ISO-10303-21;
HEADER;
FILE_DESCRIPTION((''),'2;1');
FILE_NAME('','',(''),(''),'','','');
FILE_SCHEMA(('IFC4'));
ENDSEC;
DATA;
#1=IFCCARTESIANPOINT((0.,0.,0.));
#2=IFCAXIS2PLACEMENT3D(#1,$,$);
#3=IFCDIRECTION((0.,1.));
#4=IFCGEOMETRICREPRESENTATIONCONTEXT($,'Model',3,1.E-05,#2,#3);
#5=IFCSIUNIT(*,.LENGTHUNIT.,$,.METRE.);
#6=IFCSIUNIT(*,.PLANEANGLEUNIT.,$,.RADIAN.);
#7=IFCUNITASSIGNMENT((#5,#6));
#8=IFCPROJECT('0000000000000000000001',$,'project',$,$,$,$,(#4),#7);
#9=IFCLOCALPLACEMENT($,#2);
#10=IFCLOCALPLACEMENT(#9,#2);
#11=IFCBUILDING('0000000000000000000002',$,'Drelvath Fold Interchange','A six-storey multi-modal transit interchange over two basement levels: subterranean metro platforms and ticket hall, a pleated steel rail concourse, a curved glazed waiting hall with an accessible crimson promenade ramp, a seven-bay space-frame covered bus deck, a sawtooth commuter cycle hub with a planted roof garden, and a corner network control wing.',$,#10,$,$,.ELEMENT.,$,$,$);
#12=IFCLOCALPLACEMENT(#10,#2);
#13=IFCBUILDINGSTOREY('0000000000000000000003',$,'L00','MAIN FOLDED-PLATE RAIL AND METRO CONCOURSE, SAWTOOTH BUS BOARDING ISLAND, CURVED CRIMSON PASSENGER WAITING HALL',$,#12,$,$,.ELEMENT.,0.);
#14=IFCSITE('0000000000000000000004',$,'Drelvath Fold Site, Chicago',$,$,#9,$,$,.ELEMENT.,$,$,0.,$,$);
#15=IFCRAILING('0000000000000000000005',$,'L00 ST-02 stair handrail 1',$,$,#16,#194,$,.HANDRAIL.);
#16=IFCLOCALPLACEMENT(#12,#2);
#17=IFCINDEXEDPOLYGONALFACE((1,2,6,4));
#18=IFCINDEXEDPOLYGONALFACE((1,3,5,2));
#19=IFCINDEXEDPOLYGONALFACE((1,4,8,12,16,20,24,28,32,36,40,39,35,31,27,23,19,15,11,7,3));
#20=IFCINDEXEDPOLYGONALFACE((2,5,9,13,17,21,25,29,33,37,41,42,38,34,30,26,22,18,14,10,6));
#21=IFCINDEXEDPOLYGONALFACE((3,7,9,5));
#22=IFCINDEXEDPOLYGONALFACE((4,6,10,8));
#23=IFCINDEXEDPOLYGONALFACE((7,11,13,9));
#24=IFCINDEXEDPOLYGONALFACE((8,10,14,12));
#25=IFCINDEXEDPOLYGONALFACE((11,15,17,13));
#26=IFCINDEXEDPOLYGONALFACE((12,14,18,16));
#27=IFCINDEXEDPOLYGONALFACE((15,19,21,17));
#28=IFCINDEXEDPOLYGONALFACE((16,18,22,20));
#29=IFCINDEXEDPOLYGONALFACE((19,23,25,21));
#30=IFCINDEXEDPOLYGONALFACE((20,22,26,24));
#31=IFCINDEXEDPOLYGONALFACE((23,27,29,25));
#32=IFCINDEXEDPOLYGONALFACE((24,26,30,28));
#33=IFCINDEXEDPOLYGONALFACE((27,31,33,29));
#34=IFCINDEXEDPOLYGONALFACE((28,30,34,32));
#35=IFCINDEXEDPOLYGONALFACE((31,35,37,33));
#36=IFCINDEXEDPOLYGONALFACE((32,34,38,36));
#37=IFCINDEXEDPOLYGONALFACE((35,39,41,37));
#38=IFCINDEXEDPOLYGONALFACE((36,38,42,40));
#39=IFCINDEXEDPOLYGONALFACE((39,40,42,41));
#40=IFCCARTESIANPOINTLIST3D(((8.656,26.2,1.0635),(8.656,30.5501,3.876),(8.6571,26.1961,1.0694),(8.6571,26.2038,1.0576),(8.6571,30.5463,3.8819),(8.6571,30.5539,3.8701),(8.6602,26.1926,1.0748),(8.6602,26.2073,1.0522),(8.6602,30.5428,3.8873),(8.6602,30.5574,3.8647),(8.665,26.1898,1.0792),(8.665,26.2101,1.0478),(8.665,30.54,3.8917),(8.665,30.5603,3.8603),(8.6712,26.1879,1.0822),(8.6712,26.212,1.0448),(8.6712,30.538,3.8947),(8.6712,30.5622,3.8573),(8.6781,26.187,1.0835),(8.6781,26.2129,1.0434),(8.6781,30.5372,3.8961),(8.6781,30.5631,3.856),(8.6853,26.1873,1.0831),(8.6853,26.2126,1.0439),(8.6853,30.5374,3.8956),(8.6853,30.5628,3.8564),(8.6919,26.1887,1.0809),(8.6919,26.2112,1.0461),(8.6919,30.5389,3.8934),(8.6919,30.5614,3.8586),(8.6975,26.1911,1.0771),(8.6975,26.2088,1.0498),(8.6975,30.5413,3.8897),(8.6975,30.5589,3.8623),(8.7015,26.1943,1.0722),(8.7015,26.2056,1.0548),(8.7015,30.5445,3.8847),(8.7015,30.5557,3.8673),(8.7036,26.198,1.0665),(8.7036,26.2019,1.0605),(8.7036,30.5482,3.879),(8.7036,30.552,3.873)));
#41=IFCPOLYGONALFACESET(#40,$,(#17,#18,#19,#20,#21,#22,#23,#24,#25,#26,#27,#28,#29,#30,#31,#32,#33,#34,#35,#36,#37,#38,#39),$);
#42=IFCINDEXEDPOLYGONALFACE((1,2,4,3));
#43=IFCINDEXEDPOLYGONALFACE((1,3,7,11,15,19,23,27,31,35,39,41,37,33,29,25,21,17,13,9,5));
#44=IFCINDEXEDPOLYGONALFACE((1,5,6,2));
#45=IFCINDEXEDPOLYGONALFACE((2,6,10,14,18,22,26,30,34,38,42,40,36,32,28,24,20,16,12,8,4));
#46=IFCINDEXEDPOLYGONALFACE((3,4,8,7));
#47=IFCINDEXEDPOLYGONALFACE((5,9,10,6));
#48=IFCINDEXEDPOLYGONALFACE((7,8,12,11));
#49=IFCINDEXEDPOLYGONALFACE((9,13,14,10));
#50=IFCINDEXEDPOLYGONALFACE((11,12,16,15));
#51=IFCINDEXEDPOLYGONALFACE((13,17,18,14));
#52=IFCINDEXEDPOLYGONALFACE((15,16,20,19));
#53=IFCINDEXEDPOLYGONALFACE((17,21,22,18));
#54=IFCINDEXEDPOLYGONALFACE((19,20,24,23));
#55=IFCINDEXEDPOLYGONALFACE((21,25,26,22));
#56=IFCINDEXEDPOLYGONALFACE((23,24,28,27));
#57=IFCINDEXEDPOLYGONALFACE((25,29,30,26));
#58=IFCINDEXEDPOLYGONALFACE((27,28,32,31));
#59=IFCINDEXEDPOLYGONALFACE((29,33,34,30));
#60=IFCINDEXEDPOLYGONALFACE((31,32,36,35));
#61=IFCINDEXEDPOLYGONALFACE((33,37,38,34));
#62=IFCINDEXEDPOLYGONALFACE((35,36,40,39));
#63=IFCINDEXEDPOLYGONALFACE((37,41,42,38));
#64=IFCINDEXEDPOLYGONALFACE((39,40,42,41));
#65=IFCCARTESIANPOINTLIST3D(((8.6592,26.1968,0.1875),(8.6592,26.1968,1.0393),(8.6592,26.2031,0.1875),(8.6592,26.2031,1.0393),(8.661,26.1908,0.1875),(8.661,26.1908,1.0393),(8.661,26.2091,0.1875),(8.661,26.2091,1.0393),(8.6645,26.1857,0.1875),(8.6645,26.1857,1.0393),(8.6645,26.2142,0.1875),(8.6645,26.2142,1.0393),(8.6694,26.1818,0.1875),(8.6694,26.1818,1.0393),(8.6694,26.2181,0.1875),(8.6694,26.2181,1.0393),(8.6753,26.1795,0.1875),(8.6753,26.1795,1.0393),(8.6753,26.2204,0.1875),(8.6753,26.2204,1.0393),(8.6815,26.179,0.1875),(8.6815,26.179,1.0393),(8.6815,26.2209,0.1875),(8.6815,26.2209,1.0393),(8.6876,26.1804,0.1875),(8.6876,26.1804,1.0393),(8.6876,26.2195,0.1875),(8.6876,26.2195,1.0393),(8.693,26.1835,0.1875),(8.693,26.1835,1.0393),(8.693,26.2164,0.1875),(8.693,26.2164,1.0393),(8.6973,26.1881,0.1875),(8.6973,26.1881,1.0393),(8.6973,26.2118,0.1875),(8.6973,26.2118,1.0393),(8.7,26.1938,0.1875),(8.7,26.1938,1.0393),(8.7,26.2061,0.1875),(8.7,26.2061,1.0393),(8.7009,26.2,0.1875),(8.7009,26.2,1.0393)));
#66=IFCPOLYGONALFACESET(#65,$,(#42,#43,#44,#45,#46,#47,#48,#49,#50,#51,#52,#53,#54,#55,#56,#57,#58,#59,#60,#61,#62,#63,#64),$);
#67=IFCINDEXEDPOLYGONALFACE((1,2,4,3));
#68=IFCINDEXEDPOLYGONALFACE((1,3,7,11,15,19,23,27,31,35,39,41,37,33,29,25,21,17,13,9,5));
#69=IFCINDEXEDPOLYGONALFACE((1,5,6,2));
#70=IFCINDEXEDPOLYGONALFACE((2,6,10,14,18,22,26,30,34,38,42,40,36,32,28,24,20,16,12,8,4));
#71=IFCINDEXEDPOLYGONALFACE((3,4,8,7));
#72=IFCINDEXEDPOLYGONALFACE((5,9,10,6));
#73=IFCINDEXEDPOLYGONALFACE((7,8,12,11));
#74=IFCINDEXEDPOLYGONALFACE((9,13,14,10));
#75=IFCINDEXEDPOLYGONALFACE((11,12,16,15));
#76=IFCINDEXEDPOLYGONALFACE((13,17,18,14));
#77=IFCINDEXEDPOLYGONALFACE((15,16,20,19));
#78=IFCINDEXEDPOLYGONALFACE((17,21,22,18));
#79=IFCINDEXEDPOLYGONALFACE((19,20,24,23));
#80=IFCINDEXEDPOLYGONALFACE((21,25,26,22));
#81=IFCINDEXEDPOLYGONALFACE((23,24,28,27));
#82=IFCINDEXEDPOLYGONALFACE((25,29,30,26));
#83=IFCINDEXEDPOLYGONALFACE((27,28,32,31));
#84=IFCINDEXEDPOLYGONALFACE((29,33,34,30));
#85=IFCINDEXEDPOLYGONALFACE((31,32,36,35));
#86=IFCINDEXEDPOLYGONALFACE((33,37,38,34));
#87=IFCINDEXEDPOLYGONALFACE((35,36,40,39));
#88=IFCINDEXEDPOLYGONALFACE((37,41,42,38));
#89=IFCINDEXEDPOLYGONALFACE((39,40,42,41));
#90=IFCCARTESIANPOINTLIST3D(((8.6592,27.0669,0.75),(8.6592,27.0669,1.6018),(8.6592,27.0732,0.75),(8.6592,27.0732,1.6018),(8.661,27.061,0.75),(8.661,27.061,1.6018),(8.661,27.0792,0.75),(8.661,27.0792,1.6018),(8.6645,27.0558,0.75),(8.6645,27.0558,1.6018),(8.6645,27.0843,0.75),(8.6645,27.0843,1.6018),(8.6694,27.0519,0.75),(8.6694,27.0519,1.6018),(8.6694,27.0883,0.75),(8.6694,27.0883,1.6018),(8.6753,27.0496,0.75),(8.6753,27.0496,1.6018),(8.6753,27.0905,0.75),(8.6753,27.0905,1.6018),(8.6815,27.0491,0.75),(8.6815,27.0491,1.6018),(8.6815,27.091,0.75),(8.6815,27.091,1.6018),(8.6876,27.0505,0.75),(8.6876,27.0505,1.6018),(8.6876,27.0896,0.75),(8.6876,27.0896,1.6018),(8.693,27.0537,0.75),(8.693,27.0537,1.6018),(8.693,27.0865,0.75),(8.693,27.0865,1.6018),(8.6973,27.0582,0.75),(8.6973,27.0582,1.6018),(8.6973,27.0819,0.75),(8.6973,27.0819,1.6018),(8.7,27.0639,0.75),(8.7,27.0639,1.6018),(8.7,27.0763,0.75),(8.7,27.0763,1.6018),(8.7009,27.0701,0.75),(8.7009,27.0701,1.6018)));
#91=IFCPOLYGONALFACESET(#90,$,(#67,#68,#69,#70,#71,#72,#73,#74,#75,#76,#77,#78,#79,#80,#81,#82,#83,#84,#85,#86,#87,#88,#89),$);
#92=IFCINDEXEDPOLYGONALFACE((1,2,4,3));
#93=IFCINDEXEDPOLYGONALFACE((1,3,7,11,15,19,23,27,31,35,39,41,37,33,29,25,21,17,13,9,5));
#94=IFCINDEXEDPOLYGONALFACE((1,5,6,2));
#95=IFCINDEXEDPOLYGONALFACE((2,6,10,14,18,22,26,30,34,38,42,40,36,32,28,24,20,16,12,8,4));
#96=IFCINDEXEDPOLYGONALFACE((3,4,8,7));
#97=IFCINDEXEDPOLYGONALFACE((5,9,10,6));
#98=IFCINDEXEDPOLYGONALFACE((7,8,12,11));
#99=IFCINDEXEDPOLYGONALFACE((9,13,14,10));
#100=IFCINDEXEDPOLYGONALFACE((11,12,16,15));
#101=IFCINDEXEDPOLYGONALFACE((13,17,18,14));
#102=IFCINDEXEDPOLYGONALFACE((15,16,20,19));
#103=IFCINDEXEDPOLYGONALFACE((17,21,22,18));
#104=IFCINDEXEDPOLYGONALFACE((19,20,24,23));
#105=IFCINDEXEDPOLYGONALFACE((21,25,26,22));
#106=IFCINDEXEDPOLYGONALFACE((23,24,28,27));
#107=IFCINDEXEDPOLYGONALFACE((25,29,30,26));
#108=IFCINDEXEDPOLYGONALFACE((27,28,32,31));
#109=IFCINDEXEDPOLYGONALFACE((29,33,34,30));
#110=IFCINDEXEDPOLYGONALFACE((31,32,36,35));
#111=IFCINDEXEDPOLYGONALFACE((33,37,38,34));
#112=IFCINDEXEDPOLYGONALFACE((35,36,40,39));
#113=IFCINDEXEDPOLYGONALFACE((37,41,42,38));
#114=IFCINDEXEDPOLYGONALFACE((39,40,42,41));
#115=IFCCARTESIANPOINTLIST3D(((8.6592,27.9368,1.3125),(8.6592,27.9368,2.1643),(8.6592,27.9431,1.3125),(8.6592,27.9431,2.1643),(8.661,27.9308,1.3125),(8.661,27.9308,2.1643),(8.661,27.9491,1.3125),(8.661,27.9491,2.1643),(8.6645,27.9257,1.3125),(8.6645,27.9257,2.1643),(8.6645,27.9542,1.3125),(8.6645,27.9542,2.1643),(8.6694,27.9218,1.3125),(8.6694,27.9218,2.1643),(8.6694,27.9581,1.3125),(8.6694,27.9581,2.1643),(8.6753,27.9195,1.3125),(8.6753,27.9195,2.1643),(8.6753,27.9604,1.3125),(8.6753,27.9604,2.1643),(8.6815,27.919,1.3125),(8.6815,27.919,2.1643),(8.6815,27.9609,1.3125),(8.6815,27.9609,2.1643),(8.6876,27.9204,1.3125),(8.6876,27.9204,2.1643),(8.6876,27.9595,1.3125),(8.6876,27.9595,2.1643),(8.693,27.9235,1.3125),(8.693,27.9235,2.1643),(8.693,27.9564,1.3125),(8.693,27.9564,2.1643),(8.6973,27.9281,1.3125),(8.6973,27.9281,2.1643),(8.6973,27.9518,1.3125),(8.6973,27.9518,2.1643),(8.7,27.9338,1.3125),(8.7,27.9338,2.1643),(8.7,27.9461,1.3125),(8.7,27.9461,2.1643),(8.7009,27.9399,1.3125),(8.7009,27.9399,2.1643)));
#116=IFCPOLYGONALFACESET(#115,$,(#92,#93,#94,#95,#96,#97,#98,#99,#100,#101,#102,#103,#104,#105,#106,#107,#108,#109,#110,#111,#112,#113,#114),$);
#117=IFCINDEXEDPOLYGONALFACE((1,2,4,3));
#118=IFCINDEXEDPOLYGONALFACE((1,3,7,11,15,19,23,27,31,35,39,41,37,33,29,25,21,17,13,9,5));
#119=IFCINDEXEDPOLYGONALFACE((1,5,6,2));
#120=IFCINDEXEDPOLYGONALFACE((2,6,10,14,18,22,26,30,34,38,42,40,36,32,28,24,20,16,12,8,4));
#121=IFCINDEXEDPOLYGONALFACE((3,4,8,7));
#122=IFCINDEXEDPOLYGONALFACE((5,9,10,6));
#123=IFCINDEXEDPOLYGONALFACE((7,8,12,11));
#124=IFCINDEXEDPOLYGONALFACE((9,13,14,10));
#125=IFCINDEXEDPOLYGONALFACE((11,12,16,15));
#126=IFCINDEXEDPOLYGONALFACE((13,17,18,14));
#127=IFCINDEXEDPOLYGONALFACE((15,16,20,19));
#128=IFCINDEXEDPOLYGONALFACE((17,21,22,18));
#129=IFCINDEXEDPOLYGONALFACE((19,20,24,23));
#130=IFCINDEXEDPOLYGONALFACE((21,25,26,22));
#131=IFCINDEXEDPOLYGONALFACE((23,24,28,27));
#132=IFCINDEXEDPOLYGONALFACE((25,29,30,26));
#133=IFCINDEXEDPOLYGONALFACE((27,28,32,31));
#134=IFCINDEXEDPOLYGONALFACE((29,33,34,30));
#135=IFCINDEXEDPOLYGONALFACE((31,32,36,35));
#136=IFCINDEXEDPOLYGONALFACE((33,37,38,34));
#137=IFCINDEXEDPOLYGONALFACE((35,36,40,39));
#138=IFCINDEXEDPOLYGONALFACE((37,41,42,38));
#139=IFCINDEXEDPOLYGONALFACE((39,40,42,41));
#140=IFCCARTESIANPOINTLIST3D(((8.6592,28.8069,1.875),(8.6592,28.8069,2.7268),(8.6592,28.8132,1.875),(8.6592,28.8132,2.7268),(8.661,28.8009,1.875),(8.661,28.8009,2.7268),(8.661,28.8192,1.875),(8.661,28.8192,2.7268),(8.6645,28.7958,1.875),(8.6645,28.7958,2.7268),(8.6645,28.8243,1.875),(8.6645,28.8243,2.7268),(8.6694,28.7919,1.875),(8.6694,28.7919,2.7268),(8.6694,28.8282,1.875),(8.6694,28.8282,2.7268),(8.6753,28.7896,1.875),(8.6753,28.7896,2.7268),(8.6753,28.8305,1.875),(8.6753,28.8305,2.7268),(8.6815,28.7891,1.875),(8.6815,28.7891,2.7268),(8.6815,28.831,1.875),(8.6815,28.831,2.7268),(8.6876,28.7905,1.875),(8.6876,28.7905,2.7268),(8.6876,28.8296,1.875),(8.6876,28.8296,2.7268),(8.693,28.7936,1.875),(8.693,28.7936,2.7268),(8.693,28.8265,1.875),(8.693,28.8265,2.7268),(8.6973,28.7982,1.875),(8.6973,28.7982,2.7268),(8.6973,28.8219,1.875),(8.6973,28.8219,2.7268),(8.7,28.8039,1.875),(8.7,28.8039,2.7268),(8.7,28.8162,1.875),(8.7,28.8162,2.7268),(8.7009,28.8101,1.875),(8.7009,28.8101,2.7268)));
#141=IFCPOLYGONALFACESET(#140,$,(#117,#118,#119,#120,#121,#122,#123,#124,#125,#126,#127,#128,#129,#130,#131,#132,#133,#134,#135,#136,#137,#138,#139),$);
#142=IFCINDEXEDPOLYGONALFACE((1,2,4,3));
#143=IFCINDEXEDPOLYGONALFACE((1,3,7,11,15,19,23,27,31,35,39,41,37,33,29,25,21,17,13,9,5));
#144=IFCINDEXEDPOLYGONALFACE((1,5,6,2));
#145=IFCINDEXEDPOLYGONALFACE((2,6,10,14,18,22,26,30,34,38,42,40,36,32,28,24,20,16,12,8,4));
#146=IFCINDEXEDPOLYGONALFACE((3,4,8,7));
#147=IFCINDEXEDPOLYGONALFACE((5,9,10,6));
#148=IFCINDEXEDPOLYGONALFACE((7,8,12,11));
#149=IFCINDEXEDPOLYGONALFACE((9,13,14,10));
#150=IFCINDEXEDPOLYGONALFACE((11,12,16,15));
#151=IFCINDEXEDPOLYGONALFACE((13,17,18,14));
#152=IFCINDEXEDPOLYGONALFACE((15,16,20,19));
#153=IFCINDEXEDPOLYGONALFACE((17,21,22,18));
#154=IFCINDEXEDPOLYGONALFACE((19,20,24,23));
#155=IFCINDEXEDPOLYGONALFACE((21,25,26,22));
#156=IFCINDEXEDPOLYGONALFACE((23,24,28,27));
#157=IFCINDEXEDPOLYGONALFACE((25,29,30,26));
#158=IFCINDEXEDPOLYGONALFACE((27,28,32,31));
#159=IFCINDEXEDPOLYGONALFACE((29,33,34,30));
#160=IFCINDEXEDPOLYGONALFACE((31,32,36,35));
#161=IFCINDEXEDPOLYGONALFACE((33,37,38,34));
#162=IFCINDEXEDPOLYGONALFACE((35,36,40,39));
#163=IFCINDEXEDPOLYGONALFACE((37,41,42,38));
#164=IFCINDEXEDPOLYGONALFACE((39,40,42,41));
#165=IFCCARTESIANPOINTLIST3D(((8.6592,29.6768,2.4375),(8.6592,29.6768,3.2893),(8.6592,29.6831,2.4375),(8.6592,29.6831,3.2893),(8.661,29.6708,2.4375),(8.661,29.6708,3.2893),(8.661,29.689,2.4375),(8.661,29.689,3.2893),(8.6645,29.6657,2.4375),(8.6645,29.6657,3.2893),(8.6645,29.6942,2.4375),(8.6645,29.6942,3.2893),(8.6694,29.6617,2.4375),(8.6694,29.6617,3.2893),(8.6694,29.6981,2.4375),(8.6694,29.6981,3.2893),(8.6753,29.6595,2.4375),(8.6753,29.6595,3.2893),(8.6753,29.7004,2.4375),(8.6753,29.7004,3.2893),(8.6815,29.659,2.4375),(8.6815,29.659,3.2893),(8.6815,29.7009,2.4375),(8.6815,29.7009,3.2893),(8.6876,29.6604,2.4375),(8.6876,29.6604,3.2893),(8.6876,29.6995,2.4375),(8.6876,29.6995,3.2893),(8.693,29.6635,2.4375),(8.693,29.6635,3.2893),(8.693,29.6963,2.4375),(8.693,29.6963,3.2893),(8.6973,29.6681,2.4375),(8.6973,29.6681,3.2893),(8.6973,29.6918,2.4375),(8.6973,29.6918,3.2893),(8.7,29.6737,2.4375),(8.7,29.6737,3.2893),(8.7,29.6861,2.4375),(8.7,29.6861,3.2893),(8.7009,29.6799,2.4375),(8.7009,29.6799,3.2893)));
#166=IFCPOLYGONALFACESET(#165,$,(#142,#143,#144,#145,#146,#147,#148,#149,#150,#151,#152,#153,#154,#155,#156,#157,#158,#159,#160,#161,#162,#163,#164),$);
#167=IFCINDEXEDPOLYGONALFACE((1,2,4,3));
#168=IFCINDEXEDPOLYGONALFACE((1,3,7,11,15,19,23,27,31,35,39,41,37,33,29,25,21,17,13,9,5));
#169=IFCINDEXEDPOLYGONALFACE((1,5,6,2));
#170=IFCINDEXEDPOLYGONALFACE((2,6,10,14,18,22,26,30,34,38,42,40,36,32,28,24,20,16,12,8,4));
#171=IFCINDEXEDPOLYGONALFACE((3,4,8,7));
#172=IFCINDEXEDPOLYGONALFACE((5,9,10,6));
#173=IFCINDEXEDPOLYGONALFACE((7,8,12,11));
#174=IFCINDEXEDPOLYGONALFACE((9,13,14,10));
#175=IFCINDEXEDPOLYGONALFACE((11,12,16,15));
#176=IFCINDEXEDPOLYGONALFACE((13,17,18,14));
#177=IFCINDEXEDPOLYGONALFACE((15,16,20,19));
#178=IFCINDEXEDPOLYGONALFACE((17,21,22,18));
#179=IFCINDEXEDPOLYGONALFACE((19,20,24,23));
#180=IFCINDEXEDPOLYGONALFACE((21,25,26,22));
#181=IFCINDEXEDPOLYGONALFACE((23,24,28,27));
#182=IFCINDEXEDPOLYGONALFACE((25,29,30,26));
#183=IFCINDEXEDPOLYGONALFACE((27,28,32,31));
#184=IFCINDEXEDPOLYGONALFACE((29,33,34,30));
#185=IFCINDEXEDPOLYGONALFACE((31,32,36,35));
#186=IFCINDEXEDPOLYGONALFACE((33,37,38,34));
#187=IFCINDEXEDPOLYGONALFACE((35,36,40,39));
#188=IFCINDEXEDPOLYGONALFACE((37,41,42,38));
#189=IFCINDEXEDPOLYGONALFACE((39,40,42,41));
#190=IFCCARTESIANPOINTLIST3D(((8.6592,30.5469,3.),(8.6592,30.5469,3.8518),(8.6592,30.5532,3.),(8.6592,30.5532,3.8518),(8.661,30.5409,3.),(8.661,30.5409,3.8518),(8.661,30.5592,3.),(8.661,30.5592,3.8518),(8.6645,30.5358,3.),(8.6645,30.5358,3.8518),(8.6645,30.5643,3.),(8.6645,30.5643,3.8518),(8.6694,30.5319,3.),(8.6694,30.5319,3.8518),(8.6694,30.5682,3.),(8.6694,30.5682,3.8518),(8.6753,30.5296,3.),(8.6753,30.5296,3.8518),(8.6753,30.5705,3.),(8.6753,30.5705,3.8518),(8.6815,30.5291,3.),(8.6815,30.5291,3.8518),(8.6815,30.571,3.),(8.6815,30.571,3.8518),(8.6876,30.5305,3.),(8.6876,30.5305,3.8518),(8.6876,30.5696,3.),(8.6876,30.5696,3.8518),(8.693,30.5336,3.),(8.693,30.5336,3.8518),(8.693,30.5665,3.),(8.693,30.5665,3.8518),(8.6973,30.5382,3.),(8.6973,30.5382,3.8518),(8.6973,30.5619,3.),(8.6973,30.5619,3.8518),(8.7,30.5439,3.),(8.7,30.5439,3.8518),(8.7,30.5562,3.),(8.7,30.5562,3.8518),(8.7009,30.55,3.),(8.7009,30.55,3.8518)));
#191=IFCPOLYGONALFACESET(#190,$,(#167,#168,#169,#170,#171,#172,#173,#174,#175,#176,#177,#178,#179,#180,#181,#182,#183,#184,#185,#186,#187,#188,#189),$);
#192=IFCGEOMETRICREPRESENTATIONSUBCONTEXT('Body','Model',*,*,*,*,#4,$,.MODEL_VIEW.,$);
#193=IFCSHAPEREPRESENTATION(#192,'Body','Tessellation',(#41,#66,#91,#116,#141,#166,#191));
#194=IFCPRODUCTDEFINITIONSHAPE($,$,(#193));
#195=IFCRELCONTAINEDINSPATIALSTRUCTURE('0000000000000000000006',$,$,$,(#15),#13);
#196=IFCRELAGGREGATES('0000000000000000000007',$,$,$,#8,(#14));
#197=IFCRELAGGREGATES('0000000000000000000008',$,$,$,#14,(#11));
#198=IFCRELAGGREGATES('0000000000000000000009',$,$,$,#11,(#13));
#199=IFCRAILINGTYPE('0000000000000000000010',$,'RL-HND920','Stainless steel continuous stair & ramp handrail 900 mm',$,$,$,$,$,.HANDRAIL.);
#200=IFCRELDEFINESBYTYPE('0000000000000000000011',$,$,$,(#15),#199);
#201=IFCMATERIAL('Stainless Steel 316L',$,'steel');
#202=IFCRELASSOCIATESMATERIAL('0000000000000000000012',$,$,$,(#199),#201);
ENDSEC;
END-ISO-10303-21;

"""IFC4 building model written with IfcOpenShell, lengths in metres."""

from ifc_helpers import new_model, si_unit, direction, frame, origin, origin_2d, place, context, subcontext, project, spatial, circle, extrude, material, type_object, element, save


model = new_model("IFC4")

# Units and contexts
model_context = context("Model", 3, precision=1e-05, world=origin(), true_north=direction((0.0, 1.0)))
body_context = subcontext(model_context, "Body", "Model", "MODEL_VIEW")
ifc_project = project(units=[si_unit("LENGTHUNIT", "METRE"), si_unit("PLANEANGLEUNIT", "RADIAN")], contexts=[model_context])

# Site, building, storey
site_placement = place(None, origin())
site = spatial("IfcSite", under=ifc_project, at=site_placement, Name="Drelvath Fold Site, Chicago", CompositionType="ELEMENT", RefElevation=0.0)
building_placement = place(site_placement, origin())
building = spatial("IfcBuilding", under=site, at=building_placement, Name="Drelvath Fold Interchange", Description="A six-storey multi-modal transit interchange over two basement levels: subterranean metro platforms and ticket hall, a pleated steel rail concourse, a curved glazed waiting hall with an accessible crimson promenade ramp, a seven-bay space-frame covered bus deck, a sawtooth commuter cycle hub with a planted roof garden, and a corner network control wing.", CompositionType="ELEMENT")
storey_placement = place(building_placement, origin())
storey = spatial("IfcBuildingStorey", under=building, at=storey_placement, Name="L00", Description="MAIN FOLDED-PLATE RAIL AND METRO CONCOURSE, SAWTOOTH BUS BOARDING ISLAND, CURVED CRIMSON PASSENGER WAITING HALL", CompositionType="ELEMENT", Elevation=0.0)

# Railing
ifc_material_1 = material(Name="Stainless Steel 316L", Category="steel")
railing_type_1 = type_object("IfcRailingType", Name="RL-HND920", Description="Stainless steel continuous stair & ramp handrail 900 mm", PredefinedType="HANDRAIL", material=ifc_material_1)
railing_1_placement = place(storey_placement, frame((8.6799, 26.2, 0.1875)))
element("IfcRailing", 1, at=railing_1_placement, inside=storey, type_object=railing_type_1, Name="L00 ST-02 stair handrail 1", PredefinedType="HANDRAIL", context=body_context, shape_type="SweptSolid", body=[
    extrude(circle(Radius=0.0239, at=origin_2d()), frame((0.0, 0.0, 0.876), z_axis=(0.0, 0.83977, 0.542942), x_axis=(-1.0, 0.0, 0.0)), (0.0, 0.0, 1.0), 5.1802),
    extrude(circle(Radius=0.021, at=origin_2d()), origin(), (0.0, 0.0, 1.0), 0.8518),
    extrude(circle(Radius=0.021, at=origin_2d()), frame((0.0, 0.8701, 0.5625)), (0.0, 0.0, 1.0), 0.8518),
    extrude(circle(Radius=0.021, at=origin_2d()), frame((0.0, 1.74, 1.125)), (0.0, 0.0, 1.0), 0.8518),
    extrude(circle(Radius=0.021, at=origin_2d()), frame((0.0, 2.6101, 1.6875)), (0.0, 0.0, 1.0), 0.8518),
    extrude(circle(Radius=0.021, at=origin_2d()), frame((0.0, 3.48, 2.25)), (0.0, 0.0, 1.0), 0.8518),
    extrude(circle(Radius=0.021, at=origin_2d()), frame((0.0, 4.3501, 2.8125)), (0.0, 0.0, 1.0), 0.8518),
])

save(model, "model.ifc")
